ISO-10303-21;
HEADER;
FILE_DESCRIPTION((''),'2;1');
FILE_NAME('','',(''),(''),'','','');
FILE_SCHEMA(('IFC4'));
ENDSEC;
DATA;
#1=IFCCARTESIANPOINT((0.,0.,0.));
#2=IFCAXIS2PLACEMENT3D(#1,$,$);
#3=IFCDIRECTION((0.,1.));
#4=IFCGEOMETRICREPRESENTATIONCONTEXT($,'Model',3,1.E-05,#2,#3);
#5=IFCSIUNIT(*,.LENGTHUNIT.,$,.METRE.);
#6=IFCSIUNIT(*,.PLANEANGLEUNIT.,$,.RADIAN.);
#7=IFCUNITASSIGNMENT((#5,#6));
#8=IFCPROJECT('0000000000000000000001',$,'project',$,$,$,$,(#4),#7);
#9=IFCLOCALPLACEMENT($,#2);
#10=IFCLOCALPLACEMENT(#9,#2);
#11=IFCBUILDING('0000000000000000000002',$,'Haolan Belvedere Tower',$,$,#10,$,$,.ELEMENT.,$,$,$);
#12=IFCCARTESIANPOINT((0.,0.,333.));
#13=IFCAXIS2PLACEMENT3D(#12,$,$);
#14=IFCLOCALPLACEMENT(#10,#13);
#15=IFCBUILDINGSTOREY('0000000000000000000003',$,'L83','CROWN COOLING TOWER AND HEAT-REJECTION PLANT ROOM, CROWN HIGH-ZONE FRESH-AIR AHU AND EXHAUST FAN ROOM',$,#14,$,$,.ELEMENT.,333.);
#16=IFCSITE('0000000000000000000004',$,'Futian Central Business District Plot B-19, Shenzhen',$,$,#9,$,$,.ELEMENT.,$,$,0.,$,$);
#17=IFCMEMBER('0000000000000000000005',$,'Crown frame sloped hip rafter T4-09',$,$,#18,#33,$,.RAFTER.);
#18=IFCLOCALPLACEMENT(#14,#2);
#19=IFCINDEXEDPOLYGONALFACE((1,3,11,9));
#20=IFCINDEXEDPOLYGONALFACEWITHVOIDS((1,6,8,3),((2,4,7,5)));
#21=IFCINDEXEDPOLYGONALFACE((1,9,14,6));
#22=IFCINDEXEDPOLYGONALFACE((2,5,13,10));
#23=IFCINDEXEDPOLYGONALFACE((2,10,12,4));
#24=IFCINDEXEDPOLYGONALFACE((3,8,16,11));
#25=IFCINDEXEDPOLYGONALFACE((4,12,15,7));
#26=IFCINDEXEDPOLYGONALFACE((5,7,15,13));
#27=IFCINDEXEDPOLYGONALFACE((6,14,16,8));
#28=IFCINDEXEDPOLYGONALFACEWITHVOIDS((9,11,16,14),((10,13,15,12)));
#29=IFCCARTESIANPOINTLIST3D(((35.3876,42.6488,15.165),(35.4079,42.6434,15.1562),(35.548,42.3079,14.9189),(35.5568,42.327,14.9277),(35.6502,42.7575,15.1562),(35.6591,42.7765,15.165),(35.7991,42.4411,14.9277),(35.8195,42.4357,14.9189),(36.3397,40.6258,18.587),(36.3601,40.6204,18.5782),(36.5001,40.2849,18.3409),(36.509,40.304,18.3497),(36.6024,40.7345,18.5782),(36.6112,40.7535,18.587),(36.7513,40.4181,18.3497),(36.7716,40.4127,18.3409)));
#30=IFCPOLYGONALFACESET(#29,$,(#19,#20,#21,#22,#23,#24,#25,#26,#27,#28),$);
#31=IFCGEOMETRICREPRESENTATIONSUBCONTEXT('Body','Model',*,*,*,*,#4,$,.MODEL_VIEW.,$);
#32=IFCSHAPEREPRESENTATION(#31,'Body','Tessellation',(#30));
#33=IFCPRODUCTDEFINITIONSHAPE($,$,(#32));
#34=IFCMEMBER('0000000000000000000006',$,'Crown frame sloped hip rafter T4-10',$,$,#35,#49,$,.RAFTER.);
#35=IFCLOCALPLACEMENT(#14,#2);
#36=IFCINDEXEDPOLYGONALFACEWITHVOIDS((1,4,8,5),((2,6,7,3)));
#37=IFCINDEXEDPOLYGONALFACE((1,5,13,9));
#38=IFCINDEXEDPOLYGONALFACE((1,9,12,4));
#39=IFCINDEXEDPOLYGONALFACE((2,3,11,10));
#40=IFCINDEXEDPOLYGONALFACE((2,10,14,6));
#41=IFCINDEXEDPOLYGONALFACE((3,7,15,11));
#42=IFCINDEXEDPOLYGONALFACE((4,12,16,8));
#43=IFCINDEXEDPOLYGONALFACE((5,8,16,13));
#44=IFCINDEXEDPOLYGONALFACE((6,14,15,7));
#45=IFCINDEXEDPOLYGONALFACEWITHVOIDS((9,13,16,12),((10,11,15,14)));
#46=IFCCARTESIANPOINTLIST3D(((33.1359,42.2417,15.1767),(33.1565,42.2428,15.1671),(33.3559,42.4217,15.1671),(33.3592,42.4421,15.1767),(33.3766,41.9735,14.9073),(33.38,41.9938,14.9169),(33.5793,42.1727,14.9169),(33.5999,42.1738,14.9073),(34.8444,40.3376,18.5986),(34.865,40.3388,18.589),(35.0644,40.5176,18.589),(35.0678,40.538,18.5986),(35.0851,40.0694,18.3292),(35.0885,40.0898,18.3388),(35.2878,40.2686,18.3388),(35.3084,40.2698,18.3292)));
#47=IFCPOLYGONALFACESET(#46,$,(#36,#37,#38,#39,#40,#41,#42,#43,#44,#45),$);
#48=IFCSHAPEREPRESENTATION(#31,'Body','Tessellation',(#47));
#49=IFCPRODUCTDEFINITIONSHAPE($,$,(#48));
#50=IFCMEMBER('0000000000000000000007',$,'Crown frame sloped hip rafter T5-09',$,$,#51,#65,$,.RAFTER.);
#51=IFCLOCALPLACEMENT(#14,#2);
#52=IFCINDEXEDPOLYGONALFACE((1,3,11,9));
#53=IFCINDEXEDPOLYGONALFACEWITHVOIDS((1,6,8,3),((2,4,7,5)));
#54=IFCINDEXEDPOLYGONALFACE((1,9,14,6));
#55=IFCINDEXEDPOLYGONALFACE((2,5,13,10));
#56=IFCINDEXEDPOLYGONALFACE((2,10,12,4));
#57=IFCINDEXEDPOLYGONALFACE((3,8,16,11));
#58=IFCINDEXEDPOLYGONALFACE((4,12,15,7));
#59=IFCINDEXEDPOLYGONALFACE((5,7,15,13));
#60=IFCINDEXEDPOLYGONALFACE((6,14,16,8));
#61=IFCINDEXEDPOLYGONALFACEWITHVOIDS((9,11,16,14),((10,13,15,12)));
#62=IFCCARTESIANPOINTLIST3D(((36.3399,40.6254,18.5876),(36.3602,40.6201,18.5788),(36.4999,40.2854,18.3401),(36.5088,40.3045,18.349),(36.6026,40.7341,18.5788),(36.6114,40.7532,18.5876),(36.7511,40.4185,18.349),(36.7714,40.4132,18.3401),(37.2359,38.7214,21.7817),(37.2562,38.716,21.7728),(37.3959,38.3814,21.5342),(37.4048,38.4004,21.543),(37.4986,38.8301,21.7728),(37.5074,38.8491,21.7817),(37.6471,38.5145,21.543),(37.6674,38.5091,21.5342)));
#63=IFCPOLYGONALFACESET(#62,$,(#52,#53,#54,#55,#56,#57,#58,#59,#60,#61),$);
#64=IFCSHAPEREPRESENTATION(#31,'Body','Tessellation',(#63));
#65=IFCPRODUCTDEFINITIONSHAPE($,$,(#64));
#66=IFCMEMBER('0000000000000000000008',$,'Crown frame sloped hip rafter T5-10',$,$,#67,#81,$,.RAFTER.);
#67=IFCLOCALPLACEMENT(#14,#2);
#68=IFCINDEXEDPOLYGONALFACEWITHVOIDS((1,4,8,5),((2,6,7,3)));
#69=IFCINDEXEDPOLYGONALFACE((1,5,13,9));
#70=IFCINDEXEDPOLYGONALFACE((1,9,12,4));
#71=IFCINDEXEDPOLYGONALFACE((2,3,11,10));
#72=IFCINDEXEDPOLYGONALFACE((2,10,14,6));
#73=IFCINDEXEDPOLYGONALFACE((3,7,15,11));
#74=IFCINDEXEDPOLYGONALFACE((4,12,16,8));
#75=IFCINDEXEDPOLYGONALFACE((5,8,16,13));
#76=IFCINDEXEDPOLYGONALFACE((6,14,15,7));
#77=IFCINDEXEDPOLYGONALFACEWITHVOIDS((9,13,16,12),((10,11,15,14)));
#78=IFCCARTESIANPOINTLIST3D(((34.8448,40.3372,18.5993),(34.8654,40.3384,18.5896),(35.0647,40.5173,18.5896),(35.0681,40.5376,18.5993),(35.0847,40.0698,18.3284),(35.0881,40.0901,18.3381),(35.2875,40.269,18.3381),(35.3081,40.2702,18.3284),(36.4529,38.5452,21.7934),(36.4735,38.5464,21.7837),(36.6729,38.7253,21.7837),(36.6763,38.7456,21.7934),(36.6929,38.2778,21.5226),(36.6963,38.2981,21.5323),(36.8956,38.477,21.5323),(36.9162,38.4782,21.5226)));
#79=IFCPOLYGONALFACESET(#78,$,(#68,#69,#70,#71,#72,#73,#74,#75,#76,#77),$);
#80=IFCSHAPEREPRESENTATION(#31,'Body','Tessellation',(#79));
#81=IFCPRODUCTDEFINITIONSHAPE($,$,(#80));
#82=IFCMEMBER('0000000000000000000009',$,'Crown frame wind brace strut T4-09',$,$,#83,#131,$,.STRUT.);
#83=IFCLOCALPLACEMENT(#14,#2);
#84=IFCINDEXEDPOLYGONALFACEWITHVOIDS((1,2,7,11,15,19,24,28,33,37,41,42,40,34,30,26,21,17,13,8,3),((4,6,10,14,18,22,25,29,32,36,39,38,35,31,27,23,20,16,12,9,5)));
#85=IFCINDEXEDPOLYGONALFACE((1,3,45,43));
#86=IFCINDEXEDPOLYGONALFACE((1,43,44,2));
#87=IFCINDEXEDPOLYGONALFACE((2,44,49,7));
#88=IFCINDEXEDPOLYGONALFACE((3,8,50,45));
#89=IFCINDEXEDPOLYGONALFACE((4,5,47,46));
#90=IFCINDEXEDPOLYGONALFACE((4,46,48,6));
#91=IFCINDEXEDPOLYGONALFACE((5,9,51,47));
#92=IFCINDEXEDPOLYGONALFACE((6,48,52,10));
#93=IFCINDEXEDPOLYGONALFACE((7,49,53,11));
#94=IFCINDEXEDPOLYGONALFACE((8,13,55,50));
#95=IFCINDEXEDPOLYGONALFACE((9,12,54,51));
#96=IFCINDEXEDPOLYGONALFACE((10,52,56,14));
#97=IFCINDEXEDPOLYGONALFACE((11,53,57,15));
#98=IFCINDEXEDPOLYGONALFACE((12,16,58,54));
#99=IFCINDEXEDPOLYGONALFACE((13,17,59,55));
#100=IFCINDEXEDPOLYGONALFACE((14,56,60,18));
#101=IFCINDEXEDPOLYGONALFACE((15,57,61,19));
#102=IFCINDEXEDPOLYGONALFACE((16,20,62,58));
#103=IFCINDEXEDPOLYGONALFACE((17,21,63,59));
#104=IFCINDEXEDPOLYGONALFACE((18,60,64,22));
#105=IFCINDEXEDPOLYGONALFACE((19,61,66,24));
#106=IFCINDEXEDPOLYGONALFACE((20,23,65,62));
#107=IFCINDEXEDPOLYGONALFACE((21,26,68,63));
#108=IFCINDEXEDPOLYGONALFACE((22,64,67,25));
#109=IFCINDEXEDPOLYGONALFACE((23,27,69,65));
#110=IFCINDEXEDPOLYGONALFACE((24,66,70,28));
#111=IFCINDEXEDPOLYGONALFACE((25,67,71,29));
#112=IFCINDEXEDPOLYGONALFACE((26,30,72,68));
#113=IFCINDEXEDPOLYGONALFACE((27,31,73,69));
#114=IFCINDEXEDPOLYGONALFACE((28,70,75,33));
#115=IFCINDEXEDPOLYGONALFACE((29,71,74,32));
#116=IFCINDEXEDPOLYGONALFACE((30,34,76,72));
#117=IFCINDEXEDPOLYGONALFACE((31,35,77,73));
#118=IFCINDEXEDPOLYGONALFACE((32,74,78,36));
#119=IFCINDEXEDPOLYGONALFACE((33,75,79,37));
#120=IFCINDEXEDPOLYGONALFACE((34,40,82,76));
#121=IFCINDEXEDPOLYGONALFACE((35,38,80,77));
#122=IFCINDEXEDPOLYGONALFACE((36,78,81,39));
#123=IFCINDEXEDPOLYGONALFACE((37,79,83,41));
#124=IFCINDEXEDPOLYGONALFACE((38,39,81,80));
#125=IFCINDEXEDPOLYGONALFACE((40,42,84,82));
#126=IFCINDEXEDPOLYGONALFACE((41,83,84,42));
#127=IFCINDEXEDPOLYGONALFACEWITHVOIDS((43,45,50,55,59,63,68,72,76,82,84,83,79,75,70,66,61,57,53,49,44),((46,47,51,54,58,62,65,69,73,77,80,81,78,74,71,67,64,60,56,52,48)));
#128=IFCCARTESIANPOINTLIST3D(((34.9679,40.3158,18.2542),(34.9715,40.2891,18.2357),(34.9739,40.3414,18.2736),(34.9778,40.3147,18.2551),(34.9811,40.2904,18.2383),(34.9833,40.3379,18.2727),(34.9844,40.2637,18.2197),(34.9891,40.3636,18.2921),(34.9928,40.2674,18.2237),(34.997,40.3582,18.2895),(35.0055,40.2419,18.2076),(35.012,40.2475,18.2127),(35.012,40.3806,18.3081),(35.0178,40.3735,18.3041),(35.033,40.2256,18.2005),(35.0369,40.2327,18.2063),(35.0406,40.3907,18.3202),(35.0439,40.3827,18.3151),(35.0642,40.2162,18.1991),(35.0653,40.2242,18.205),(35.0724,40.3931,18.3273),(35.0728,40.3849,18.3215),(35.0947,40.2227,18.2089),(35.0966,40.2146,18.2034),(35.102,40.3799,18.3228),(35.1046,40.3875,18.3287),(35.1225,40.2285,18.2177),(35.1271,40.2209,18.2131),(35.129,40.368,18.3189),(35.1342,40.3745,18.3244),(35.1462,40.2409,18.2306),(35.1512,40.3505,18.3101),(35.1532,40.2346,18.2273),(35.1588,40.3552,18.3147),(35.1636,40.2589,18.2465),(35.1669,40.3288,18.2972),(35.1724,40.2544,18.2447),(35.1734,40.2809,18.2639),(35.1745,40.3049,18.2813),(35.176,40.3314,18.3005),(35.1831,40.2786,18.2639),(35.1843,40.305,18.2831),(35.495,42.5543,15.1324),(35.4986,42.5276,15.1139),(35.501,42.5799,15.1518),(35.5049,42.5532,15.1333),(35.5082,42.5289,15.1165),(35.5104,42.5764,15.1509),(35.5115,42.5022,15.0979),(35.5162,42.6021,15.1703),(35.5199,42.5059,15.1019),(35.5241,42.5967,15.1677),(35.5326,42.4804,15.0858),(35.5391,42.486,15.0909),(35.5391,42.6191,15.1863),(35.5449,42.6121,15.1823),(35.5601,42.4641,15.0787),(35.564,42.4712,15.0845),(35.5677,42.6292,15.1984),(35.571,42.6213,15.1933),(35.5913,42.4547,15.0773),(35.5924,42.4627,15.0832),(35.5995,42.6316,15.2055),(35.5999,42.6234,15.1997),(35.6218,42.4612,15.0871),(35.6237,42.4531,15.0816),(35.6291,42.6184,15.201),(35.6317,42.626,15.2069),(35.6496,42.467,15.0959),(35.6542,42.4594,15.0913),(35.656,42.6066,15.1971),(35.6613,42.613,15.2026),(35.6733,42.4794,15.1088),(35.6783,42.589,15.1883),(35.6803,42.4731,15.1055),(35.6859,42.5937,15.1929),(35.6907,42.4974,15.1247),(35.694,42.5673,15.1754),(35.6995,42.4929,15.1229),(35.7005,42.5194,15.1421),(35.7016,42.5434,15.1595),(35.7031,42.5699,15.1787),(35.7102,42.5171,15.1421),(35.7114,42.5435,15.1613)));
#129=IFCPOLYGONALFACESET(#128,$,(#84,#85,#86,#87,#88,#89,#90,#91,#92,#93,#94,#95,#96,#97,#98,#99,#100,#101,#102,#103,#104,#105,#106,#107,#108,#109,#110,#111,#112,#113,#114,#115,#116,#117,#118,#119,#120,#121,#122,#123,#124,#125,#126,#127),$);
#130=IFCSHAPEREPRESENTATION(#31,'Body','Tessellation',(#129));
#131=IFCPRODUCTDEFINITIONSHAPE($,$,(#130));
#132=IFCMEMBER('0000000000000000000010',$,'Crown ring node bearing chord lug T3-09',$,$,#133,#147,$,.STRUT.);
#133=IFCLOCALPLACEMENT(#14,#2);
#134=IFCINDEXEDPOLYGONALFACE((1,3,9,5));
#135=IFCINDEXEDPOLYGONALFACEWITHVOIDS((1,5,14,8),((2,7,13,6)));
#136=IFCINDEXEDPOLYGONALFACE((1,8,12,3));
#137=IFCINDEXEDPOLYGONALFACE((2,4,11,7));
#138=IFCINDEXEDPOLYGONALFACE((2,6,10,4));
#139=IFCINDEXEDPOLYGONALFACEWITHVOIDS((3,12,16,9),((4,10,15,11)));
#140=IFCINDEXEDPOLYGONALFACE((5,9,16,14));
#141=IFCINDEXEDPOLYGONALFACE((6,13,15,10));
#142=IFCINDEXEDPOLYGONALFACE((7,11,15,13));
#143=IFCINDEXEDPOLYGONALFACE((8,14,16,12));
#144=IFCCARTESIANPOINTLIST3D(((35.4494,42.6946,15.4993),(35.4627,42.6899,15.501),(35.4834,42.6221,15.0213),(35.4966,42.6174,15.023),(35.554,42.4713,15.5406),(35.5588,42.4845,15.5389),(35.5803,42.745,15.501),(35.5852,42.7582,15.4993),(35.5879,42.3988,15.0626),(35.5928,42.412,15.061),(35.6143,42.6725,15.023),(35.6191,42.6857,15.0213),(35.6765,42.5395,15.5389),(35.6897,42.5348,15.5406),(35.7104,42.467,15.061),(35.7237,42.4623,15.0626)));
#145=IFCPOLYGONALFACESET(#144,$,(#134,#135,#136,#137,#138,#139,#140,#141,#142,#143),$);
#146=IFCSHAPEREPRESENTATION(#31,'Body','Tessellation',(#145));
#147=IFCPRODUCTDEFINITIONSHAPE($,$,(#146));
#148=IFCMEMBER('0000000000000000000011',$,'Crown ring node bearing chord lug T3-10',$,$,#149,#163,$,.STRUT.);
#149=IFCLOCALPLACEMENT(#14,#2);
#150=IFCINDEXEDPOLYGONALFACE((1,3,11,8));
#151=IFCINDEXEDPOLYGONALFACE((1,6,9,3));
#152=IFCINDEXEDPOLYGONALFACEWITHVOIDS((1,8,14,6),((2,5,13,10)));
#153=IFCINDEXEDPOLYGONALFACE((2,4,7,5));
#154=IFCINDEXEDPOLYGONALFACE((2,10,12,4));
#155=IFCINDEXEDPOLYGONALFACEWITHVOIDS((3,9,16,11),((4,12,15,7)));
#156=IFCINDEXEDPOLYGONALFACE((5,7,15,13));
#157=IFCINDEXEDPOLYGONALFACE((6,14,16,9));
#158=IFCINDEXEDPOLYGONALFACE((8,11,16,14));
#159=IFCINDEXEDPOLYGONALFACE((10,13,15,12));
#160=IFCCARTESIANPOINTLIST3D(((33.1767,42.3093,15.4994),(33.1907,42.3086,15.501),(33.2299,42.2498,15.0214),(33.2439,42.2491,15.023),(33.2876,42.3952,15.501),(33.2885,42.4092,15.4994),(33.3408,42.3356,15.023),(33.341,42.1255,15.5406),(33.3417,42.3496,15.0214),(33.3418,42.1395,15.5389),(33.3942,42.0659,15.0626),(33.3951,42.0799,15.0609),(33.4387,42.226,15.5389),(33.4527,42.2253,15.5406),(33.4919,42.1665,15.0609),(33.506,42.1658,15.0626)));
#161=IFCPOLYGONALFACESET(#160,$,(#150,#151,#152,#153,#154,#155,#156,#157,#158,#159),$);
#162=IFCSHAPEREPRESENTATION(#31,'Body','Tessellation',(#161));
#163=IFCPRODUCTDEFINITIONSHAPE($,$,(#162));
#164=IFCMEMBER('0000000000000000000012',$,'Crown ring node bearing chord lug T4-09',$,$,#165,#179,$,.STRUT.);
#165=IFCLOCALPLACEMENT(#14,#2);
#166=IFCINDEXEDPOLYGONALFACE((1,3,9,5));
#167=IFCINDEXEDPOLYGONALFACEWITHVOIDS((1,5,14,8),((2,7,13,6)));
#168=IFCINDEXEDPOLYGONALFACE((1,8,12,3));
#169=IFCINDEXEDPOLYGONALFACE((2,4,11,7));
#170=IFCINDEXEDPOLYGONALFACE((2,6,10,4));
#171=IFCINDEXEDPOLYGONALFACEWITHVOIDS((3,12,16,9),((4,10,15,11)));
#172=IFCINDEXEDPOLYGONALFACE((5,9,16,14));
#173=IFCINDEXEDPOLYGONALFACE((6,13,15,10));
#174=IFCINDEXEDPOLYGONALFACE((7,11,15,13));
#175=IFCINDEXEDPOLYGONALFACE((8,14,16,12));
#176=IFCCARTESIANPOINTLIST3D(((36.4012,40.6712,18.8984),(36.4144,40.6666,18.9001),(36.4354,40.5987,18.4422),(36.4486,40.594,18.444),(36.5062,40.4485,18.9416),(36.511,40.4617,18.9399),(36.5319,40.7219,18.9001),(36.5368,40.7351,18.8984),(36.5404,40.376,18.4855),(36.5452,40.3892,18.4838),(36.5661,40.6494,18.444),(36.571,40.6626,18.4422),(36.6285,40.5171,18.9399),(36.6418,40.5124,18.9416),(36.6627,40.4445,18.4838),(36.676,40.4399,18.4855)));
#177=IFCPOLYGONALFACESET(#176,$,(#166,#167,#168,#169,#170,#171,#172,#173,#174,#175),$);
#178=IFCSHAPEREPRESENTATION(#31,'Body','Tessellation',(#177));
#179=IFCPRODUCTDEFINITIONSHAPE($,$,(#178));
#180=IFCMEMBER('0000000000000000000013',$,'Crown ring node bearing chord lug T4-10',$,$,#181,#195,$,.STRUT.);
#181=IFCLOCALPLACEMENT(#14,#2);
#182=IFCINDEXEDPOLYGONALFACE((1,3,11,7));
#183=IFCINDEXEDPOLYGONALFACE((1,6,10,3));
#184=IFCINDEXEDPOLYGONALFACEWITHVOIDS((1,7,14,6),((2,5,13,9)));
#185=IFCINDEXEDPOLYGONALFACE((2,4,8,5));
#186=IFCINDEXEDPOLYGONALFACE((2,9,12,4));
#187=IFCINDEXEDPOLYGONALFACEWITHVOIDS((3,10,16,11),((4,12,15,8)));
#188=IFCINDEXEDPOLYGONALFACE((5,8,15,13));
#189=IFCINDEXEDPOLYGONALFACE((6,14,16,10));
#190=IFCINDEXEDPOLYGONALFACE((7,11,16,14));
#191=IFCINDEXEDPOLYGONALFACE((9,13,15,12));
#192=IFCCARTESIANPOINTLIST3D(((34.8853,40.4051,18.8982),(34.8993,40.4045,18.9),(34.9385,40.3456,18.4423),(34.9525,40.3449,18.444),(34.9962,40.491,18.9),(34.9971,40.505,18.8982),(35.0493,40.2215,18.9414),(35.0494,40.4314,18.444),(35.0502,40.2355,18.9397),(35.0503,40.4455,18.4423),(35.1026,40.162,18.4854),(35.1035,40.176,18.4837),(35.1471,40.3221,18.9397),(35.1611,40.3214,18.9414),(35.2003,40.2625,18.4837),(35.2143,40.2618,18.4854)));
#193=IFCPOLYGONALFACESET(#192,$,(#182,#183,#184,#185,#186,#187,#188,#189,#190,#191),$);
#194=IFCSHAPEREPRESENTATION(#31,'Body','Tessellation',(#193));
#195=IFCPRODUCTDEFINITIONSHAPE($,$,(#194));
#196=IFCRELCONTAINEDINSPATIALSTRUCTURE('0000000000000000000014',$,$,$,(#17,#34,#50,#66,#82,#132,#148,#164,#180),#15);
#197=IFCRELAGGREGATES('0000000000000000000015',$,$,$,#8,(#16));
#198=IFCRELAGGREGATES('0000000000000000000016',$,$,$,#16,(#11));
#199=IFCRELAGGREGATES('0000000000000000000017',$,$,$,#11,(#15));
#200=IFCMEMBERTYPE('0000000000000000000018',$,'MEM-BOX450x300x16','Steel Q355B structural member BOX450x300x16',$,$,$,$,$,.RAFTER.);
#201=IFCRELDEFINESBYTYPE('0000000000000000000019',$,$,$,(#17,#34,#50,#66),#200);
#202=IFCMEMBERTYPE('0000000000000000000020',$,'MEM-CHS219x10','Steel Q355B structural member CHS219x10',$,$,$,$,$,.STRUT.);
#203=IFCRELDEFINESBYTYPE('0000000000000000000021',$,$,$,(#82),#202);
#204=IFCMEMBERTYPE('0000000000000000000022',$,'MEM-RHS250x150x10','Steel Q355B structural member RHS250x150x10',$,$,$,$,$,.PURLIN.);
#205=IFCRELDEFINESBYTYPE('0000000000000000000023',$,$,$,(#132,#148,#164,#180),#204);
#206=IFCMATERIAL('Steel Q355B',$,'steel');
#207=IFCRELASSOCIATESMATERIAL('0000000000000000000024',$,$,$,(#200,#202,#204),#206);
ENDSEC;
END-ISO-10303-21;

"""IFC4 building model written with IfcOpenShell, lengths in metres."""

from ifc_helpers import new_model, si_unit, direction, frame, origin, origin_2d, place, context, subcontext, project, spatial, hollow_rectangle, hollow_circle, extrude, material, material_profile, profile_set, type_object, element, save


model = new_model("IFC4")

# Units and contexts
model_context = context("Model", 3, precision=1e-05, world=origin(), true_north=direction((0.0, 1.0)))
body_context = subcontext(model_context, "Body", "Model", "MODEL_VIEW")
ifc_project = project(units=[si_unit("LENGTHUNIT", "METRE"), si_unit("PLANEANGLEUNIT", "RADIAN")], contexts=[model_context])

# Site, building, storey
site_placement = place(None, origin())
site = spatial("IfcSite", under=ifc_project, at=site_placement, Name="Futian Central Business District Plot B-19, Shenzhen", CompositionType="ELEMENT", RefElevation=0.0)
building_placement = place(site_placement, origin())
building = spatial("IfcBuilding", under=site, at=building_placement, Name="Haolan Belvedere Tower", CompositionType="ELEMENT")
storey_placement = place(building_placement, frame((0.0, 0.0, 333.0)))
storey = spatial("IfcBuildingStorey", under=building, at=storey_placement, Name="L83", Description="CROWN COOLING TOWER AND HEAT-REJECTION PLANT ROOM, CROWN HIGH-ZONE FRESH-AIR AHU AND EXHAUST FAN ROOM", CompositionType="ELEMENT", Elevation=333.0)

# Members
ifc_material_1 = material(Name="Steel Q355B", Category="steel")
ifc_material_profile_1 = material_profile(ifc_material_1, hollow_rectangle(XDim=0.3, YDim=0.45, WallThickness=0.0161, at=origin_2d()), Name="Steel Q355B")
ifc_profile_set_1 = profile_set([ifc_material_profile_1], Name="Steel Q355B")
member_type_1 = type_object("IfcMemberType", Name="MEM-BOX450x300x16", Description="Steel Q355B structural member BOX450x300x16", PredefinedType="RAFTER", material=ifc_profile_set_1)
member_1_placement = place(storey_placement, frame((35.6035, 42.5422, 15.042), z_axis=(0.232938, -0.494904, 0.837144), x_axis=(0.904789, 0.42586, 0.0)))
element("IfcMember", 1, at=member_1_placement, inside=storey, type_object=member_type_1, Name="Crown frame sloped hip rafter T4-09", PredefinedType="RAFTER", context=body_context, shape_type="SweptSolid", body=[
    extrude(hollow_rectangle(XDim=0.3, YDim=0.45, WallThickness=0.0161, at=origin_2d()), origin(), (0.0, 0.0, 1.0), 4.0876),
])
member_2_placement = place(storey_placement, frame((33.3679, 42.2078, 15.042), z_axis=(0.399889, -0.445661, 0.800921), x_axis=(0.744295, 0.667851, 0.0)))
element("IfcMember", 2, at=member_2_placement, inside=storey, type_object=member_type_1, Name="Crown frame sloped hip rafter T4-10", PredefinedType="RAFTER", context=body_context, shape_type="SweptSolid", body=[
    extrude(hollow_rectangle(XDim=0.3, YDim=0.45, WallThickness=0.0161, at=origin_2d()), origin(), (0.0, 0.0, 1.0), 4.2725),
])
member_3_placement = place(storey_placement, frame((36.5557, 40.5193, 18.4639), z_axis=(0.234249, -0.497795, 0.835062), x_axis=(0.904824, 0.425786, 0.0)))
element("IfcMember", 3, at=member_3_placement, inside=storey, type_object=member_type_1, Name="Crown frame sloped hip rafter T5-09", PredefinedType="RAFTER", context=body_context, shape_type="SweptSolid", body=[
    extrude(hollow_rectangle(XDim=0.3, YDim=0.45, WallThickness=0.0161, at=origin_2d()), origin(), (0.0, 0.0, 1.0), 3.825),
])
member_4_placement = place(storey_placement, frame((35.0764, 40.3037, 18.4639), z_axis=(0.402043, -0.448003, 0.798532), x_axis=(0.744251, 0.6679, 0.0)))
element("IfcMember", 4, at=member_4_placement, inside=storey, type_object=member_type_1, Name="Crown frame sloped hip rafter T5-10", PredefinedType="RAFTER", context=body_context, shape_type="SweptSolid", body=[
    extrude(hollow_rectangle(XDim=0.3, YDim=0.45, WallThickness=0.0161, at=origin_2d()), origin(), (0.0, 0.0, 1.0), 4.0),
])
ifc_material_profile_2 = material_profile(ifc_material_1, hollow_circle(Radius=0.1096, WallThickness=0.01, at=origin_2d()), Name="Steel Q355B")
ifc_profile_set_2 = profile_set([ifc_material_profile_2], Name="Steel Q355B")
member_type_2 = type_object("IfcMemberType", Name="MEM-CHS219x10", Description="Steel Q355B structural member CHS219x10", PredefinedType="STRUT", material=ifc_profile_set_2)
member_5_placement = place(storey_placement, frame((35.6035, 42.5422, 15.1421), z_axis=(-0.13594, -0.577319, 0.805123), x_axis=(0.97338, -0.229199, 0.0)))
element("IfcMember", 5, at=member_5_placement, inside=storey, type_object=member_type_2, Name="Crown frame wind brace strut T4-09", PredefinedType="STRUT", context=body_context, shape_type="SweptSolid", body=[
    extrude(hollow_circle(Radius=0.1096, WallThickness=0.01, at=origin_2d()), origin(), (0.0, 0.0, 1.0), 3.8774),
])
ifc_material_profile_3 = material_profile(ifc_material_1, hollow_rectangle(XDim=0.1499, YDim=0.25, WallThickness=0.01, at=origin_2d()), Name="Steel Q355B")
ifc_profile_set_3 = profile_set([ifc_material_profile_3], Name="Steel Q355B")
member_type_3 = type_object("IfcMemberType", Name="MEM-RHS250x150x10", Description="Steel Q355B structural member RHS250x150x10", PredefinedType="PURLIN", material=ifc_profile_set_3)
for number, where, z_axis, x_axis, name in (
    (6, (35.6035, 42.5422, 15.042), (-0.070016, 0.149602, 0.986264), (-0.905715, -0.423887, 0.0), "Crown ring node bearing chord lug T3-09"),
    (7, (33.3679, 42.2078, 15.042), (-0.109815, 0.122913, 0.986323), (-0.745721, -0.666259, 0.0), "Crown ring node bearing chord lug T3-10"),
):
    element("IfcMember", number, at=place(storey_placement, frame(where, z_axis=z_axis, x_axis=x_axis)), inside=storey, type_object=member_type_3, Name=name, PredefinedType="STRUT", context=body_context, shape_type="SweptSolid", body=[
        extrude(hollow_rectangle(XDim=0.1499, YDim=0.25, WallThickness=0.01, at=origin_2d()), origin(), (0.0, 0.0, 1.0), 0.4846),
    ])
member_6_placement = place(storey_placement, frame((36.5557, 40.5193, 18.4639), z_axis=(-0.073815, 0.156593, 0.984901), x_axis=(-0.904542, -0.426384, 0.0)))
element("IfcMember", 8, at=member_6_placement, inside=storey, type_object=member_type_3, Name="Crown ring node bearing chord lug T4-09", PredefinedType="STRUT", context=body_context, shape_type="SweptSolid", body=[
    extrude(hollow_rectangle(XDim=0.1499, YDim=0.25, WallThickness=0.01, at=origin_2d()), origin(), (0.0, 0.0, 1.0), 0.4631),
])
member_7_placement = place(storey_placement, frame((35.0764, 40.3037, 18.4639), z_axis=(-0.114952, 0.128662, 0.985004), x_axis=(-0.745721, -0.666259, 0.0)))
element("IfcMember", 9, at=member_7_placement, inside=storey, type_object=member_type_3, Name="Crown ring node bearing chord lug T4-10", PredefinedType="STRUT", context=body_context, shape_type="SweptSolid", body=[
    extrude(hollow_rectangle(XDim=0.1499, YDim=0.25, WallThickness=0.01, at=origin_2d()), origin(), (0.0, 0.0, 1.0), 0.4629),
])

save(model, "model.ifc")
